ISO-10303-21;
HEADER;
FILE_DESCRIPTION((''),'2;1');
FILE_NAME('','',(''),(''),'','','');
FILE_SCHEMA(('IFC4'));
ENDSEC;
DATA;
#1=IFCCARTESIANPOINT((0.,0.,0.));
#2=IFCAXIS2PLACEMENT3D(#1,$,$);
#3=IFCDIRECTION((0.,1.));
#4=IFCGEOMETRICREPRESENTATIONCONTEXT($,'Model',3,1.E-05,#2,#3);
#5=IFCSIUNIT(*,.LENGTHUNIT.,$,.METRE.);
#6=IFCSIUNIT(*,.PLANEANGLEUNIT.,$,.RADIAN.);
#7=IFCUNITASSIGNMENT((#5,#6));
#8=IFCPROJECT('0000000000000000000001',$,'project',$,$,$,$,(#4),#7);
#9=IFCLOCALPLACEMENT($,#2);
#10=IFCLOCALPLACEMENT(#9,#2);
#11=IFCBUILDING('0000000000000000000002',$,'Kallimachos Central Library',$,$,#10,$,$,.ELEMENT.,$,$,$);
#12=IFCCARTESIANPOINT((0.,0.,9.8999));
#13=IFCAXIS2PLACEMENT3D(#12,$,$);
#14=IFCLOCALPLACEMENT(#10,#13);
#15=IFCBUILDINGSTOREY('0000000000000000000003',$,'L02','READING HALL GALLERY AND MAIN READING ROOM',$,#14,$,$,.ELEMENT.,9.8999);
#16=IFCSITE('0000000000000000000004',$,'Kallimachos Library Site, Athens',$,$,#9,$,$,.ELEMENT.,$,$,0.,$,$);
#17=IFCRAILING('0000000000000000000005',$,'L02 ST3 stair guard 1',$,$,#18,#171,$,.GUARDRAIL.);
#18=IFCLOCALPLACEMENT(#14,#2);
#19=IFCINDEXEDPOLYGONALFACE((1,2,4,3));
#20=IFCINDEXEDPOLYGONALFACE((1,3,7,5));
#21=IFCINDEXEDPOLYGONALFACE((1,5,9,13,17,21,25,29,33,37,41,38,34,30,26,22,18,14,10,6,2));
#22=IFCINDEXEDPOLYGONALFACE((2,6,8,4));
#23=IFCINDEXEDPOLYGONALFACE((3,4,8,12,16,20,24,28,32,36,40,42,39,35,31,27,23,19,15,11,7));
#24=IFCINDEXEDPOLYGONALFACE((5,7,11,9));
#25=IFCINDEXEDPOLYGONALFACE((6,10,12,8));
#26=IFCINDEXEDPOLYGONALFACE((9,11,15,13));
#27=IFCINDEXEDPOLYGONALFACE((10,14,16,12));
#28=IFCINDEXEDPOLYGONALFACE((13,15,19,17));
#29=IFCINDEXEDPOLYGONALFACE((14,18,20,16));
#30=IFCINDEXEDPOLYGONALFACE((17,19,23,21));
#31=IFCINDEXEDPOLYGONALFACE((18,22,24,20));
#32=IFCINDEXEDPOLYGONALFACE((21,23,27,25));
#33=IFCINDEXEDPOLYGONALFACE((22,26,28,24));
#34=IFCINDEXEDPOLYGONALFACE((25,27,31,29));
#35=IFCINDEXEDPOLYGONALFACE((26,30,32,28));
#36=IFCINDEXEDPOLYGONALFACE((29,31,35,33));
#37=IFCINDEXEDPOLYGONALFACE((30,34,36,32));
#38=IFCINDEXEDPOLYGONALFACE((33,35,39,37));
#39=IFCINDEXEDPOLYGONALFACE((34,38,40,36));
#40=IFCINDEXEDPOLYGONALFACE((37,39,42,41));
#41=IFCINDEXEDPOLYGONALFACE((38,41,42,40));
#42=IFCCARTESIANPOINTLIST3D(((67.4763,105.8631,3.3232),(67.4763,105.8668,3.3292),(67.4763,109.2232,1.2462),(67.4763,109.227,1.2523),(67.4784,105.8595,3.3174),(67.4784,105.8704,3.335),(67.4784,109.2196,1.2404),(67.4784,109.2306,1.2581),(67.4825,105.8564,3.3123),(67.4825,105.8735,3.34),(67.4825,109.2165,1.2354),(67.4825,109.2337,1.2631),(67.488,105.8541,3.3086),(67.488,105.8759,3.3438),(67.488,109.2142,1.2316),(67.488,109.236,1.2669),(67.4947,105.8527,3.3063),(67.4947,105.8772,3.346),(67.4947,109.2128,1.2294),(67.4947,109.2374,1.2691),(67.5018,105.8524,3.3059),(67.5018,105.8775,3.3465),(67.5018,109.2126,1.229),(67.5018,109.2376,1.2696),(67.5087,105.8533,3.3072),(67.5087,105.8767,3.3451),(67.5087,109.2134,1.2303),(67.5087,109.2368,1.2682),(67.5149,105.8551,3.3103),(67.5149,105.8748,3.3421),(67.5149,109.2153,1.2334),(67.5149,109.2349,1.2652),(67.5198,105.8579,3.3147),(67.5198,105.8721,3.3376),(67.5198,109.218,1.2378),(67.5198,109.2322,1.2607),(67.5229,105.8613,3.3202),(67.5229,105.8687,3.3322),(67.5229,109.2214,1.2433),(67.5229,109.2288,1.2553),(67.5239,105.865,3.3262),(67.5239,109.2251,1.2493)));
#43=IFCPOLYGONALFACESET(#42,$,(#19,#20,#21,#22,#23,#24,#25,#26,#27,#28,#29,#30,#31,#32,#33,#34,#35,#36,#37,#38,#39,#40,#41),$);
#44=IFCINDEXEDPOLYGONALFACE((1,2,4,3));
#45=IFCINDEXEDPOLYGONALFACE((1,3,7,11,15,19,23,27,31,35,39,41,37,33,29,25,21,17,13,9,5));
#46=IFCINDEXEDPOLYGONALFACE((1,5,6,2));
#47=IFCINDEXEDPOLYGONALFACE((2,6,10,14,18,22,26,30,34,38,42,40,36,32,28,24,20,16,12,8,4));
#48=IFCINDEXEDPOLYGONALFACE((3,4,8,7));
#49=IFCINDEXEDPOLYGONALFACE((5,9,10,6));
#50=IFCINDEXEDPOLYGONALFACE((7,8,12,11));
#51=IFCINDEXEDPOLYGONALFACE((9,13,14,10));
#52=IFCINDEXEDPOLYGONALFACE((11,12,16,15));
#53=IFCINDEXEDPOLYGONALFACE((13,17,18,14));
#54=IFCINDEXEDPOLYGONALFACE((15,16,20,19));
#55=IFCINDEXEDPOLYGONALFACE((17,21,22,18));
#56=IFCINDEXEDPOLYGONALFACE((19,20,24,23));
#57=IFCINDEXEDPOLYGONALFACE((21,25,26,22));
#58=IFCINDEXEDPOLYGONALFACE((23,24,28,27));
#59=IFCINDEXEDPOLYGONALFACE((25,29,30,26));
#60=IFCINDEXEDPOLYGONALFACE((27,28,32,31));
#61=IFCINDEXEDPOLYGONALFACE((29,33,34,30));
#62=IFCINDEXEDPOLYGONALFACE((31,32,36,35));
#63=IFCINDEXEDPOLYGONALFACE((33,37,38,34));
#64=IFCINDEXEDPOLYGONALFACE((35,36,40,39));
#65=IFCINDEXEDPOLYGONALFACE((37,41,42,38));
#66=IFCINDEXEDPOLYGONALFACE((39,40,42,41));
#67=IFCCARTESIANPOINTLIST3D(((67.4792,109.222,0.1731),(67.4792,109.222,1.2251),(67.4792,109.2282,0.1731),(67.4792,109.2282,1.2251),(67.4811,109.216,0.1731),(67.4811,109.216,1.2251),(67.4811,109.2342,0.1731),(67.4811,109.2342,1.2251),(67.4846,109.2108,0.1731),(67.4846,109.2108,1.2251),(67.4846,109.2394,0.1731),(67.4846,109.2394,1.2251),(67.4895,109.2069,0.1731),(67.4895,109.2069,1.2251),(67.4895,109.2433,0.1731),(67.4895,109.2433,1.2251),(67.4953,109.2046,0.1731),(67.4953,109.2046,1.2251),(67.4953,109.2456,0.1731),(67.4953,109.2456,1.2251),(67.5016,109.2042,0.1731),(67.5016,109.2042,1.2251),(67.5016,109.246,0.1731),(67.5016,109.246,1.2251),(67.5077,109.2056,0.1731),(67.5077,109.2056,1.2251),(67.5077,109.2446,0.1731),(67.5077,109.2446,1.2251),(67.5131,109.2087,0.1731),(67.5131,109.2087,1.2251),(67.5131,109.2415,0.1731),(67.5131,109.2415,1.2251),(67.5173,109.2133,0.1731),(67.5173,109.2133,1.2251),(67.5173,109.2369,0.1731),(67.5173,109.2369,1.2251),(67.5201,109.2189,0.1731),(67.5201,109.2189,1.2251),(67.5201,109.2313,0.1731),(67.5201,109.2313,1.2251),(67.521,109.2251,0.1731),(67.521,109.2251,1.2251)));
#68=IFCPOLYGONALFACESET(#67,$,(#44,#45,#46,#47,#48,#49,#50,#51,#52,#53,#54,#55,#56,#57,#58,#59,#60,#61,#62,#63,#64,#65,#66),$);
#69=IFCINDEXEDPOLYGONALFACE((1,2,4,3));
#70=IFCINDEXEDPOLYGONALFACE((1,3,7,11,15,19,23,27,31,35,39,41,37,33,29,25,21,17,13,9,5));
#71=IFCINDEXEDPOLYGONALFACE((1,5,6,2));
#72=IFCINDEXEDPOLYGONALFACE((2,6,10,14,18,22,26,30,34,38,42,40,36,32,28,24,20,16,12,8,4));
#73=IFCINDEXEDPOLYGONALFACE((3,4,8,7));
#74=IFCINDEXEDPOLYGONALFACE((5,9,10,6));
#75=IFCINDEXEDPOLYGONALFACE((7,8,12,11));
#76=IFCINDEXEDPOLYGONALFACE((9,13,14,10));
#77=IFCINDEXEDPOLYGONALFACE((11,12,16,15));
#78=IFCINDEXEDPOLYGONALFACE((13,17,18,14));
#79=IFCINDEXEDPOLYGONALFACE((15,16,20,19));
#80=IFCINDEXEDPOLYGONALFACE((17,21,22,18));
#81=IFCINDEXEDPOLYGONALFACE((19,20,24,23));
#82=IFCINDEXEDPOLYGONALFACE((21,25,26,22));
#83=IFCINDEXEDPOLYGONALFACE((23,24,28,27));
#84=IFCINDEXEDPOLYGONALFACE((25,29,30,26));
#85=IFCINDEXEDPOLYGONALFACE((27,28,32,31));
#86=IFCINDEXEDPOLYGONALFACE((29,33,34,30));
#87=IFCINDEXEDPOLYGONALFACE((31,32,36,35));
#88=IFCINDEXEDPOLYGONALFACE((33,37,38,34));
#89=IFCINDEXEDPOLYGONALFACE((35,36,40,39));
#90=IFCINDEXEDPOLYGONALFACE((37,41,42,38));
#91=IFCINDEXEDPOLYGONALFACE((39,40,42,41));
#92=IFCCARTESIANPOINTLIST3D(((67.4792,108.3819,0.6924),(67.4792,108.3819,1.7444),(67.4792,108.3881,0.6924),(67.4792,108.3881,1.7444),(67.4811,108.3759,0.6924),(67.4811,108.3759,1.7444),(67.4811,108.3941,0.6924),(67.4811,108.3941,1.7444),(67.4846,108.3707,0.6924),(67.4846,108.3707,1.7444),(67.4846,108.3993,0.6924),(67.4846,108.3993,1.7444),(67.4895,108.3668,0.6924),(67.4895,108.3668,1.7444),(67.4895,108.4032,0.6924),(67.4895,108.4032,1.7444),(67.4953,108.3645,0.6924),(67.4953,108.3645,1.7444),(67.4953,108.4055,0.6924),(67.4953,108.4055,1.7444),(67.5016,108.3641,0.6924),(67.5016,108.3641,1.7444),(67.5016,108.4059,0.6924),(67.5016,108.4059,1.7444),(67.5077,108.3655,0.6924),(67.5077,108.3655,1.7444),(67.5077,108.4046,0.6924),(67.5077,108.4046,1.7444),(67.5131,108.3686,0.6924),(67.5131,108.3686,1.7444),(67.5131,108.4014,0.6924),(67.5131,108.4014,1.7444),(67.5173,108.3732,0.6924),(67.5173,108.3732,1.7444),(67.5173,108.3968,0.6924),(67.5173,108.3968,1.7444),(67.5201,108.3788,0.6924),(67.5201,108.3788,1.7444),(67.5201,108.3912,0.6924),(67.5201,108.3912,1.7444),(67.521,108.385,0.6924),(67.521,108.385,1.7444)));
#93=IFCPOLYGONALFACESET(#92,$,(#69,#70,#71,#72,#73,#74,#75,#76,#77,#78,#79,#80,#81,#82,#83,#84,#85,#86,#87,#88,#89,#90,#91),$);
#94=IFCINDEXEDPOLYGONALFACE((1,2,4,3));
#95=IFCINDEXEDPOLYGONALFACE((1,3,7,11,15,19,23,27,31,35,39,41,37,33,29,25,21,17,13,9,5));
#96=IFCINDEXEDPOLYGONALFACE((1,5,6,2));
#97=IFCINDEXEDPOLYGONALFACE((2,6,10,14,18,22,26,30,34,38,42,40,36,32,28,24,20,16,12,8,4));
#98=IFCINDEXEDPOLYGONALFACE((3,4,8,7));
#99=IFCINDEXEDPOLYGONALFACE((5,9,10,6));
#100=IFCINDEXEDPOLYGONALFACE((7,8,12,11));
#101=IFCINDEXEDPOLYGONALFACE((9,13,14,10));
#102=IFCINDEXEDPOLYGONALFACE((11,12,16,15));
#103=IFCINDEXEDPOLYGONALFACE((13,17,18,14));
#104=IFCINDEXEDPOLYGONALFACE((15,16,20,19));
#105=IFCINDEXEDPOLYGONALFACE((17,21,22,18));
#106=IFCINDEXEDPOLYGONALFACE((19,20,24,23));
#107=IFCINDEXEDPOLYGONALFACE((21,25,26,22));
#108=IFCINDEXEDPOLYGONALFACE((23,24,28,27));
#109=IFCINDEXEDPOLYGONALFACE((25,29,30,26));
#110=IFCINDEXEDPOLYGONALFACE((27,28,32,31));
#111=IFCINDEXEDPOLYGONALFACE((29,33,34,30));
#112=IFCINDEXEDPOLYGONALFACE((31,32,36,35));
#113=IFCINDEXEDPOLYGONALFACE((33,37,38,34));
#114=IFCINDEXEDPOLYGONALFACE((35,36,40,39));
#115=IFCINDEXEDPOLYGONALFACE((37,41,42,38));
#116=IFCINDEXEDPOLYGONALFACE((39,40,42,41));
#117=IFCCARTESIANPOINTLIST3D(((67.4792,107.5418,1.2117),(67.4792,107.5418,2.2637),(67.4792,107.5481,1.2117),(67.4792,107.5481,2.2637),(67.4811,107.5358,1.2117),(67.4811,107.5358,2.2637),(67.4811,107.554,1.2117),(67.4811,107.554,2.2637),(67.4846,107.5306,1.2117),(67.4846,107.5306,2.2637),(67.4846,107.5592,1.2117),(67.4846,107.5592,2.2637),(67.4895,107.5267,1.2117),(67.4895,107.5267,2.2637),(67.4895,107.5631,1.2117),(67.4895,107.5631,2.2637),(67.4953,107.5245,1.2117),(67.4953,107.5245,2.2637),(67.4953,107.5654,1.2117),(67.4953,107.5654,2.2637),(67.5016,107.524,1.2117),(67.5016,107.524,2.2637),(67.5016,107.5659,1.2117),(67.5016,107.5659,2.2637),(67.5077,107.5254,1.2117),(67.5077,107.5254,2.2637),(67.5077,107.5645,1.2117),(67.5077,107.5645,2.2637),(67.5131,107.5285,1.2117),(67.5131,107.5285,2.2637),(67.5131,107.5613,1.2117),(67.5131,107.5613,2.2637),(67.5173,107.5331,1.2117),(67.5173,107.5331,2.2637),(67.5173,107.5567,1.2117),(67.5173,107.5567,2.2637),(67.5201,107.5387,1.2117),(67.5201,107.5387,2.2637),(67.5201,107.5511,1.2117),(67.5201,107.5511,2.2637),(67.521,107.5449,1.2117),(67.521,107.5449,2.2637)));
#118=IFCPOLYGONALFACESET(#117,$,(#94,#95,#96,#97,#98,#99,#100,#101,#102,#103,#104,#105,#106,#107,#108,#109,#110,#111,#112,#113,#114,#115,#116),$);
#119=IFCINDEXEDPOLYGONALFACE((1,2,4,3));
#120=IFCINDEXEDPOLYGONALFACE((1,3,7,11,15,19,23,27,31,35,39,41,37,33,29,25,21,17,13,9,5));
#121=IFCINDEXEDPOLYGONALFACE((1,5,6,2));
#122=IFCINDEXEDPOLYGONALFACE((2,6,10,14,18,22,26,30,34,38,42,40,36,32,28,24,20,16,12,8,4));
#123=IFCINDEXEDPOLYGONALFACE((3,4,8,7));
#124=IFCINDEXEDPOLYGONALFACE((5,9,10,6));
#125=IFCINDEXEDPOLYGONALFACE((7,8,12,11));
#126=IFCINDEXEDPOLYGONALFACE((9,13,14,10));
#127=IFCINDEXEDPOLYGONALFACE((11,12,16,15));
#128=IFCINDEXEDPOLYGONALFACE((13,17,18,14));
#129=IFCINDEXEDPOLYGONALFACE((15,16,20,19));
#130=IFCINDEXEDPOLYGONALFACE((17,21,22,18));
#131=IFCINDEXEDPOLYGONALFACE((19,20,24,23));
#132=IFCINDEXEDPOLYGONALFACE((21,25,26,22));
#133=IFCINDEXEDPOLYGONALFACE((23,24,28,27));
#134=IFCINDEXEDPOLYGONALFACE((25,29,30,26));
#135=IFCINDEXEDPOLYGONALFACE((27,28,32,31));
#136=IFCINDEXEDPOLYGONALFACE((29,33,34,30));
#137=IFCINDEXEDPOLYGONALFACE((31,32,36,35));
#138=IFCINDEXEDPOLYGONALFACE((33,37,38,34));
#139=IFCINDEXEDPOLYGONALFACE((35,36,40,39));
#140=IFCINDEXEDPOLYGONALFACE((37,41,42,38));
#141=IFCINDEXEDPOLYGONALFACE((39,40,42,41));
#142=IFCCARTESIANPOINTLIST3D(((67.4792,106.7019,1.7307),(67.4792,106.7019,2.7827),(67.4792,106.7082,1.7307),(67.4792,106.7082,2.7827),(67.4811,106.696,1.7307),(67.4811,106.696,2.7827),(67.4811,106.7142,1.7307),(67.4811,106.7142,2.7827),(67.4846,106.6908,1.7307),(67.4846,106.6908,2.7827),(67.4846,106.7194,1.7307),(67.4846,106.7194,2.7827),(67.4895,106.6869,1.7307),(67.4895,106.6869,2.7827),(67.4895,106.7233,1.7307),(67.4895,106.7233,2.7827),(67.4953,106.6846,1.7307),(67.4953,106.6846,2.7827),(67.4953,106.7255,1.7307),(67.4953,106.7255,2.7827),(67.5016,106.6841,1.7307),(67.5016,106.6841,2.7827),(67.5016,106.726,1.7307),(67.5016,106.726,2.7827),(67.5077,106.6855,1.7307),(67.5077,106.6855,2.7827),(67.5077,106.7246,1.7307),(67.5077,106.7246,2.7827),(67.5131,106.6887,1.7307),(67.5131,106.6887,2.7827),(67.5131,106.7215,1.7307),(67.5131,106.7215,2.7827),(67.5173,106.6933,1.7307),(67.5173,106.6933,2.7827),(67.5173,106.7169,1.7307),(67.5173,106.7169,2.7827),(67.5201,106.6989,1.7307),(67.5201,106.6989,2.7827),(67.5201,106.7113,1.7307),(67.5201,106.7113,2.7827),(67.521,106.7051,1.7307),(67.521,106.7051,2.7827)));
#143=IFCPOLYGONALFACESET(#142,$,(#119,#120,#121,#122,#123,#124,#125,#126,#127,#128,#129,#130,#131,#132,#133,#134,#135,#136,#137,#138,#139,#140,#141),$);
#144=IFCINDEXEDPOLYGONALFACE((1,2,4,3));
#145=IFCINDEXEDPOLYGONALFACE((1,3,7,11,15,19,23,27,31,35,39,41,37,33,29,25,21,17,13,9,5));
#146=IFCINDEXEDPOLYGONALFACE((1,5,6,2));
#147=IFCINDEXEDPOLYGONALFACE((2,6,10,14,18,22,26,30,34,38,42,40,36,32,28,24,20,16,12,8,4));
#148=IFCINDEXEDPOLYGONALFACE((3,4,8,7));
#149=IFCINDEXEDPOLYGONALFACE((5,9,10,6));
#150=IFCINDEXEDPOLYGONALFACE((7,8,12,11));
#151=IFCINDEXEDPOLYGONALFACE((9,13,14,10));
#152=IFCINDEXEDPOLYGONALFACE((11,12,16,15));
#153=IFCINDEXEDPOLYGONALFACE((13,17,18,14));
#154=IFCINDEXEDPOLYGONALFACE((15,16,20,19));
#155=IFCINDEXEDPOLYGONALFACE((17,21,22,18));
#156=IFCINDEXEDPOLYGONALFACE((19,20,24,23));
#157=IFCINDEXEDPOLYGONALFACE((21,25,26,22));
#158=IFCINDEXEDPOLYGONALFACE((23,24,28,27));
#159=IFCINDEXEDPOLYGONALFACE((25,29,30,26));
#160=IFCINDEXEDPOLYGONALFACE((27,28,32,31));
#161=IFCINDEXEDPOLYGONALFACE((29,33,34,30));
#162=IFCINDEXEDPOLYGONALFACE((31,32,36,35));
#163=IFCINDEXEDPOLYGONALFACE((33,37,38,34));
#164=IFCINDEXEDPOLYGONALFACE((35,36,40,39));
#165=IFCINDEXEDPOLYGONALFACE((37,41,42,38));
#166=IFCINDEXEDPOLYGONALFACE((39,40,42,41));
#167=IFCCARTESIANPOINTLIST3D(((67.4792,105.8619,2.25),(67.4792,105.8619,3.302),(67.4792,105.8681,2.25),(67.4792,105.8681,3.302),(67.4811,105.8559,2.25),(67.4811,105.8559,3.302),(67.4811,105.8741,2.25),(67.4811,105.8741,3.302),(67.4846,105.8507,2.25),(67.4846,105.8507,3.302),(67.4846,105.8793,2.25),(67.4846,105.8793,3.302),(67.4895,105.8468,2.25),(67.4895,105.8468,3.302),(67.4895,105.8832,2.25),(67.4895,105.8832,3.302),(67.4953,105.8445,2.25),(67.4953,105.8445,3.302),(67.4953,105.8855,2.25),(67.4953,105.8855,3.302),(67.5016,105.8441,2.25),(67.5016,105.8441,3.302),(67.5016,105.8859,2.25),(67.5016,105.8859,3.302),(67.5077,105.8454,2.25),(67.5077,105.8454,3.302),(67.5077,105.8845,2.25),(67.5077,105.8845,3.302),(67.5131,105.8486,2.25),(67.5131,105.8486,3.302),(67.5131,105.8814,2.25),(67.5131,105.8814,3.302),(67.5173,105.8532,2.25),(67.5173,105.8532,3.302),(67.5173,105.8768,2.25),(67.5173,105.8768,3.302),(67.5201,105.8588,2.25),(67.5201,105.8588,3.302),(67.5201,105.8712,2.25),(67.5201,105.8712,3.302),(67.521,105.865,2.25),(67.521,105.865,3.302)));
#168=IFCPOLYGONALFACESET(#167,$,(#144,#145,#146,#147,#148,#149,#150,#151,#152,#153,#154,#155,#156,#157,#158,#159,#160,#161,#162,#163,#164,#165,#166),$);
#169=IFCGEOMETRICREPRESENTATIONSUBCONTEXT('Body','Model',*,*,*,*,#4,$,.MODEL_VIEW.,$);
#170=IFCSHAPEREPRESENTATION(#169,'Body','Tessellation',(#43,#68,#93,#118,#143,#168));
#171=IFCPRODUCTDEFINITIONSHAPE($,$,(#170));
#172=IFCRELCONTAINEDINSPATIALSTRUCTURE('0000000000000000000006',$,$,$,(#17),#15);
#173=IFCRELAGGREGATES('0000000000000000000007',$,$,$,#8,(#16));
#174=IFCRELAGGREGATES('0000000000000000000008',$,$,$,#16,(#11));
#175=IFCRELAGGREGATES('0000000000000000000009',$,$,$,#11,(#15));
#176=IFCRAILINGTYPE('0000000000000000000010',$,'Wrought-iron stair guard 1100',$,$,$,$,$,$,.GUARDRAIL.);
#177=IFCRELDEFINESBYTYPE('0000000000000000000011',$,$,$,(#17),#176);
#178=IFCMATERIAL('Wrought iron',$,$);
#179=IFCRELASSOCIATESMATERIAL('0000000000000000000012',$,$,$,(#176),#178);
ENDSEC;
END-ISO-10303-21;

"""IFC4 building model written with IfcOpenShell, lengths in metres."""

from ifc_helpers import new_model, si_unit, direction, frame, origin, origin_2d, place, context, subcontext, project, spatial, circle, extrude, material, type_object, element, save


model = new_model("IFC4")

# Units and contexts
model_context = context("Model", 3, precision=1e-05, world=origin(), true_north=direction((0.0, 1.0)))
body_context = subcontext(model_context, "Body", "Model", "MODEL_VIEW")
ifc_project = project(units=[si_unit("LENGTHUNIT", "METRE"), si_unit("PLANEANGLEUNIT", "RADIAN")], contexts=[model_context])

# Site, building, storey
site_placement = place(None, origin())
site = spatial("IfcSite", under=ifc_project, at=site_placement, Name="Kallimachos Library Site, Athens", CompositionType="ELEMENT", RefElevation=0.0)
building_placement = place(site_placement, origin())
building = spatial("IfcBuilding", under=site, at=building_placement, Name="Kallimachos Central Library", CompositionType="ELEMENT")
storey_placement = place(building_placement, frame((0.0, 0.0, 9.8999)))
storey = spatial("IfcBuildingStorey", under=building, at=storey_placement, Name="L02", Description="READING HALL GALLERY AND MAIN READING ROOM", CompositionType="ELEMENT", Elevation=9.8999)

# Railing
ifc_material_1 = material(Name="Wrought iron")
railing_type_1 = type_object("IfcRailingType", Name="Wrought-iron stair guard 1100", PredefinedType="GUARDRAIL", material=ifc_material_1)
railing_1_placement = place(storey_placement, frame((67.5, 109.2251, 0.1731)))
element("IfcRailing", 1, at=railing_1_placement, inside=storey, type_object=railing_type_1, Name="L02 ST3 stair guard 1", PredefinedType="GUARDRAIL", context=body_context, shape_type="SweptSolid", body=[
    extrude(circle(Radius=0.0239, at=origin_2d()), frame((0.0, 0.0, 1.0762), z_axis=(0.0, -0.850623, 0.525776), x_axis=(1.0, 0.0, 0.0)), (0.0, 0.0, 1.0), 3.9502),
    extrude(circle(Radius=0.021, at=origin_2d()), origin(), (0.0, 0.0, 1.0), 1.052),
    extrude(circle(Radius=0.021, at=origin_2d()), frame((0.0, -0.8401, 0.5193)), (0.0, 0.0, 1.0), 1.052),
    extrude(circle(Radius=0.021, at=origin_2d()), frame((0.0, -1.6802, 1.0386)), (0.0, 0.0, 1.0), 1.052),
    extrude(circle(Radius=0.021, at=origin_2d()), frame((0.0, -2.52, 1.5576)), (0.0, 0.0, 1.0), 1.052),
    extrude(circle(Radius=0.021, at=origin_2d()), frame((0.0, -3.3601, 2.0769)), (0.0, 0.0, 1.0), 1.052),
])

save(model, "model.ifc")
